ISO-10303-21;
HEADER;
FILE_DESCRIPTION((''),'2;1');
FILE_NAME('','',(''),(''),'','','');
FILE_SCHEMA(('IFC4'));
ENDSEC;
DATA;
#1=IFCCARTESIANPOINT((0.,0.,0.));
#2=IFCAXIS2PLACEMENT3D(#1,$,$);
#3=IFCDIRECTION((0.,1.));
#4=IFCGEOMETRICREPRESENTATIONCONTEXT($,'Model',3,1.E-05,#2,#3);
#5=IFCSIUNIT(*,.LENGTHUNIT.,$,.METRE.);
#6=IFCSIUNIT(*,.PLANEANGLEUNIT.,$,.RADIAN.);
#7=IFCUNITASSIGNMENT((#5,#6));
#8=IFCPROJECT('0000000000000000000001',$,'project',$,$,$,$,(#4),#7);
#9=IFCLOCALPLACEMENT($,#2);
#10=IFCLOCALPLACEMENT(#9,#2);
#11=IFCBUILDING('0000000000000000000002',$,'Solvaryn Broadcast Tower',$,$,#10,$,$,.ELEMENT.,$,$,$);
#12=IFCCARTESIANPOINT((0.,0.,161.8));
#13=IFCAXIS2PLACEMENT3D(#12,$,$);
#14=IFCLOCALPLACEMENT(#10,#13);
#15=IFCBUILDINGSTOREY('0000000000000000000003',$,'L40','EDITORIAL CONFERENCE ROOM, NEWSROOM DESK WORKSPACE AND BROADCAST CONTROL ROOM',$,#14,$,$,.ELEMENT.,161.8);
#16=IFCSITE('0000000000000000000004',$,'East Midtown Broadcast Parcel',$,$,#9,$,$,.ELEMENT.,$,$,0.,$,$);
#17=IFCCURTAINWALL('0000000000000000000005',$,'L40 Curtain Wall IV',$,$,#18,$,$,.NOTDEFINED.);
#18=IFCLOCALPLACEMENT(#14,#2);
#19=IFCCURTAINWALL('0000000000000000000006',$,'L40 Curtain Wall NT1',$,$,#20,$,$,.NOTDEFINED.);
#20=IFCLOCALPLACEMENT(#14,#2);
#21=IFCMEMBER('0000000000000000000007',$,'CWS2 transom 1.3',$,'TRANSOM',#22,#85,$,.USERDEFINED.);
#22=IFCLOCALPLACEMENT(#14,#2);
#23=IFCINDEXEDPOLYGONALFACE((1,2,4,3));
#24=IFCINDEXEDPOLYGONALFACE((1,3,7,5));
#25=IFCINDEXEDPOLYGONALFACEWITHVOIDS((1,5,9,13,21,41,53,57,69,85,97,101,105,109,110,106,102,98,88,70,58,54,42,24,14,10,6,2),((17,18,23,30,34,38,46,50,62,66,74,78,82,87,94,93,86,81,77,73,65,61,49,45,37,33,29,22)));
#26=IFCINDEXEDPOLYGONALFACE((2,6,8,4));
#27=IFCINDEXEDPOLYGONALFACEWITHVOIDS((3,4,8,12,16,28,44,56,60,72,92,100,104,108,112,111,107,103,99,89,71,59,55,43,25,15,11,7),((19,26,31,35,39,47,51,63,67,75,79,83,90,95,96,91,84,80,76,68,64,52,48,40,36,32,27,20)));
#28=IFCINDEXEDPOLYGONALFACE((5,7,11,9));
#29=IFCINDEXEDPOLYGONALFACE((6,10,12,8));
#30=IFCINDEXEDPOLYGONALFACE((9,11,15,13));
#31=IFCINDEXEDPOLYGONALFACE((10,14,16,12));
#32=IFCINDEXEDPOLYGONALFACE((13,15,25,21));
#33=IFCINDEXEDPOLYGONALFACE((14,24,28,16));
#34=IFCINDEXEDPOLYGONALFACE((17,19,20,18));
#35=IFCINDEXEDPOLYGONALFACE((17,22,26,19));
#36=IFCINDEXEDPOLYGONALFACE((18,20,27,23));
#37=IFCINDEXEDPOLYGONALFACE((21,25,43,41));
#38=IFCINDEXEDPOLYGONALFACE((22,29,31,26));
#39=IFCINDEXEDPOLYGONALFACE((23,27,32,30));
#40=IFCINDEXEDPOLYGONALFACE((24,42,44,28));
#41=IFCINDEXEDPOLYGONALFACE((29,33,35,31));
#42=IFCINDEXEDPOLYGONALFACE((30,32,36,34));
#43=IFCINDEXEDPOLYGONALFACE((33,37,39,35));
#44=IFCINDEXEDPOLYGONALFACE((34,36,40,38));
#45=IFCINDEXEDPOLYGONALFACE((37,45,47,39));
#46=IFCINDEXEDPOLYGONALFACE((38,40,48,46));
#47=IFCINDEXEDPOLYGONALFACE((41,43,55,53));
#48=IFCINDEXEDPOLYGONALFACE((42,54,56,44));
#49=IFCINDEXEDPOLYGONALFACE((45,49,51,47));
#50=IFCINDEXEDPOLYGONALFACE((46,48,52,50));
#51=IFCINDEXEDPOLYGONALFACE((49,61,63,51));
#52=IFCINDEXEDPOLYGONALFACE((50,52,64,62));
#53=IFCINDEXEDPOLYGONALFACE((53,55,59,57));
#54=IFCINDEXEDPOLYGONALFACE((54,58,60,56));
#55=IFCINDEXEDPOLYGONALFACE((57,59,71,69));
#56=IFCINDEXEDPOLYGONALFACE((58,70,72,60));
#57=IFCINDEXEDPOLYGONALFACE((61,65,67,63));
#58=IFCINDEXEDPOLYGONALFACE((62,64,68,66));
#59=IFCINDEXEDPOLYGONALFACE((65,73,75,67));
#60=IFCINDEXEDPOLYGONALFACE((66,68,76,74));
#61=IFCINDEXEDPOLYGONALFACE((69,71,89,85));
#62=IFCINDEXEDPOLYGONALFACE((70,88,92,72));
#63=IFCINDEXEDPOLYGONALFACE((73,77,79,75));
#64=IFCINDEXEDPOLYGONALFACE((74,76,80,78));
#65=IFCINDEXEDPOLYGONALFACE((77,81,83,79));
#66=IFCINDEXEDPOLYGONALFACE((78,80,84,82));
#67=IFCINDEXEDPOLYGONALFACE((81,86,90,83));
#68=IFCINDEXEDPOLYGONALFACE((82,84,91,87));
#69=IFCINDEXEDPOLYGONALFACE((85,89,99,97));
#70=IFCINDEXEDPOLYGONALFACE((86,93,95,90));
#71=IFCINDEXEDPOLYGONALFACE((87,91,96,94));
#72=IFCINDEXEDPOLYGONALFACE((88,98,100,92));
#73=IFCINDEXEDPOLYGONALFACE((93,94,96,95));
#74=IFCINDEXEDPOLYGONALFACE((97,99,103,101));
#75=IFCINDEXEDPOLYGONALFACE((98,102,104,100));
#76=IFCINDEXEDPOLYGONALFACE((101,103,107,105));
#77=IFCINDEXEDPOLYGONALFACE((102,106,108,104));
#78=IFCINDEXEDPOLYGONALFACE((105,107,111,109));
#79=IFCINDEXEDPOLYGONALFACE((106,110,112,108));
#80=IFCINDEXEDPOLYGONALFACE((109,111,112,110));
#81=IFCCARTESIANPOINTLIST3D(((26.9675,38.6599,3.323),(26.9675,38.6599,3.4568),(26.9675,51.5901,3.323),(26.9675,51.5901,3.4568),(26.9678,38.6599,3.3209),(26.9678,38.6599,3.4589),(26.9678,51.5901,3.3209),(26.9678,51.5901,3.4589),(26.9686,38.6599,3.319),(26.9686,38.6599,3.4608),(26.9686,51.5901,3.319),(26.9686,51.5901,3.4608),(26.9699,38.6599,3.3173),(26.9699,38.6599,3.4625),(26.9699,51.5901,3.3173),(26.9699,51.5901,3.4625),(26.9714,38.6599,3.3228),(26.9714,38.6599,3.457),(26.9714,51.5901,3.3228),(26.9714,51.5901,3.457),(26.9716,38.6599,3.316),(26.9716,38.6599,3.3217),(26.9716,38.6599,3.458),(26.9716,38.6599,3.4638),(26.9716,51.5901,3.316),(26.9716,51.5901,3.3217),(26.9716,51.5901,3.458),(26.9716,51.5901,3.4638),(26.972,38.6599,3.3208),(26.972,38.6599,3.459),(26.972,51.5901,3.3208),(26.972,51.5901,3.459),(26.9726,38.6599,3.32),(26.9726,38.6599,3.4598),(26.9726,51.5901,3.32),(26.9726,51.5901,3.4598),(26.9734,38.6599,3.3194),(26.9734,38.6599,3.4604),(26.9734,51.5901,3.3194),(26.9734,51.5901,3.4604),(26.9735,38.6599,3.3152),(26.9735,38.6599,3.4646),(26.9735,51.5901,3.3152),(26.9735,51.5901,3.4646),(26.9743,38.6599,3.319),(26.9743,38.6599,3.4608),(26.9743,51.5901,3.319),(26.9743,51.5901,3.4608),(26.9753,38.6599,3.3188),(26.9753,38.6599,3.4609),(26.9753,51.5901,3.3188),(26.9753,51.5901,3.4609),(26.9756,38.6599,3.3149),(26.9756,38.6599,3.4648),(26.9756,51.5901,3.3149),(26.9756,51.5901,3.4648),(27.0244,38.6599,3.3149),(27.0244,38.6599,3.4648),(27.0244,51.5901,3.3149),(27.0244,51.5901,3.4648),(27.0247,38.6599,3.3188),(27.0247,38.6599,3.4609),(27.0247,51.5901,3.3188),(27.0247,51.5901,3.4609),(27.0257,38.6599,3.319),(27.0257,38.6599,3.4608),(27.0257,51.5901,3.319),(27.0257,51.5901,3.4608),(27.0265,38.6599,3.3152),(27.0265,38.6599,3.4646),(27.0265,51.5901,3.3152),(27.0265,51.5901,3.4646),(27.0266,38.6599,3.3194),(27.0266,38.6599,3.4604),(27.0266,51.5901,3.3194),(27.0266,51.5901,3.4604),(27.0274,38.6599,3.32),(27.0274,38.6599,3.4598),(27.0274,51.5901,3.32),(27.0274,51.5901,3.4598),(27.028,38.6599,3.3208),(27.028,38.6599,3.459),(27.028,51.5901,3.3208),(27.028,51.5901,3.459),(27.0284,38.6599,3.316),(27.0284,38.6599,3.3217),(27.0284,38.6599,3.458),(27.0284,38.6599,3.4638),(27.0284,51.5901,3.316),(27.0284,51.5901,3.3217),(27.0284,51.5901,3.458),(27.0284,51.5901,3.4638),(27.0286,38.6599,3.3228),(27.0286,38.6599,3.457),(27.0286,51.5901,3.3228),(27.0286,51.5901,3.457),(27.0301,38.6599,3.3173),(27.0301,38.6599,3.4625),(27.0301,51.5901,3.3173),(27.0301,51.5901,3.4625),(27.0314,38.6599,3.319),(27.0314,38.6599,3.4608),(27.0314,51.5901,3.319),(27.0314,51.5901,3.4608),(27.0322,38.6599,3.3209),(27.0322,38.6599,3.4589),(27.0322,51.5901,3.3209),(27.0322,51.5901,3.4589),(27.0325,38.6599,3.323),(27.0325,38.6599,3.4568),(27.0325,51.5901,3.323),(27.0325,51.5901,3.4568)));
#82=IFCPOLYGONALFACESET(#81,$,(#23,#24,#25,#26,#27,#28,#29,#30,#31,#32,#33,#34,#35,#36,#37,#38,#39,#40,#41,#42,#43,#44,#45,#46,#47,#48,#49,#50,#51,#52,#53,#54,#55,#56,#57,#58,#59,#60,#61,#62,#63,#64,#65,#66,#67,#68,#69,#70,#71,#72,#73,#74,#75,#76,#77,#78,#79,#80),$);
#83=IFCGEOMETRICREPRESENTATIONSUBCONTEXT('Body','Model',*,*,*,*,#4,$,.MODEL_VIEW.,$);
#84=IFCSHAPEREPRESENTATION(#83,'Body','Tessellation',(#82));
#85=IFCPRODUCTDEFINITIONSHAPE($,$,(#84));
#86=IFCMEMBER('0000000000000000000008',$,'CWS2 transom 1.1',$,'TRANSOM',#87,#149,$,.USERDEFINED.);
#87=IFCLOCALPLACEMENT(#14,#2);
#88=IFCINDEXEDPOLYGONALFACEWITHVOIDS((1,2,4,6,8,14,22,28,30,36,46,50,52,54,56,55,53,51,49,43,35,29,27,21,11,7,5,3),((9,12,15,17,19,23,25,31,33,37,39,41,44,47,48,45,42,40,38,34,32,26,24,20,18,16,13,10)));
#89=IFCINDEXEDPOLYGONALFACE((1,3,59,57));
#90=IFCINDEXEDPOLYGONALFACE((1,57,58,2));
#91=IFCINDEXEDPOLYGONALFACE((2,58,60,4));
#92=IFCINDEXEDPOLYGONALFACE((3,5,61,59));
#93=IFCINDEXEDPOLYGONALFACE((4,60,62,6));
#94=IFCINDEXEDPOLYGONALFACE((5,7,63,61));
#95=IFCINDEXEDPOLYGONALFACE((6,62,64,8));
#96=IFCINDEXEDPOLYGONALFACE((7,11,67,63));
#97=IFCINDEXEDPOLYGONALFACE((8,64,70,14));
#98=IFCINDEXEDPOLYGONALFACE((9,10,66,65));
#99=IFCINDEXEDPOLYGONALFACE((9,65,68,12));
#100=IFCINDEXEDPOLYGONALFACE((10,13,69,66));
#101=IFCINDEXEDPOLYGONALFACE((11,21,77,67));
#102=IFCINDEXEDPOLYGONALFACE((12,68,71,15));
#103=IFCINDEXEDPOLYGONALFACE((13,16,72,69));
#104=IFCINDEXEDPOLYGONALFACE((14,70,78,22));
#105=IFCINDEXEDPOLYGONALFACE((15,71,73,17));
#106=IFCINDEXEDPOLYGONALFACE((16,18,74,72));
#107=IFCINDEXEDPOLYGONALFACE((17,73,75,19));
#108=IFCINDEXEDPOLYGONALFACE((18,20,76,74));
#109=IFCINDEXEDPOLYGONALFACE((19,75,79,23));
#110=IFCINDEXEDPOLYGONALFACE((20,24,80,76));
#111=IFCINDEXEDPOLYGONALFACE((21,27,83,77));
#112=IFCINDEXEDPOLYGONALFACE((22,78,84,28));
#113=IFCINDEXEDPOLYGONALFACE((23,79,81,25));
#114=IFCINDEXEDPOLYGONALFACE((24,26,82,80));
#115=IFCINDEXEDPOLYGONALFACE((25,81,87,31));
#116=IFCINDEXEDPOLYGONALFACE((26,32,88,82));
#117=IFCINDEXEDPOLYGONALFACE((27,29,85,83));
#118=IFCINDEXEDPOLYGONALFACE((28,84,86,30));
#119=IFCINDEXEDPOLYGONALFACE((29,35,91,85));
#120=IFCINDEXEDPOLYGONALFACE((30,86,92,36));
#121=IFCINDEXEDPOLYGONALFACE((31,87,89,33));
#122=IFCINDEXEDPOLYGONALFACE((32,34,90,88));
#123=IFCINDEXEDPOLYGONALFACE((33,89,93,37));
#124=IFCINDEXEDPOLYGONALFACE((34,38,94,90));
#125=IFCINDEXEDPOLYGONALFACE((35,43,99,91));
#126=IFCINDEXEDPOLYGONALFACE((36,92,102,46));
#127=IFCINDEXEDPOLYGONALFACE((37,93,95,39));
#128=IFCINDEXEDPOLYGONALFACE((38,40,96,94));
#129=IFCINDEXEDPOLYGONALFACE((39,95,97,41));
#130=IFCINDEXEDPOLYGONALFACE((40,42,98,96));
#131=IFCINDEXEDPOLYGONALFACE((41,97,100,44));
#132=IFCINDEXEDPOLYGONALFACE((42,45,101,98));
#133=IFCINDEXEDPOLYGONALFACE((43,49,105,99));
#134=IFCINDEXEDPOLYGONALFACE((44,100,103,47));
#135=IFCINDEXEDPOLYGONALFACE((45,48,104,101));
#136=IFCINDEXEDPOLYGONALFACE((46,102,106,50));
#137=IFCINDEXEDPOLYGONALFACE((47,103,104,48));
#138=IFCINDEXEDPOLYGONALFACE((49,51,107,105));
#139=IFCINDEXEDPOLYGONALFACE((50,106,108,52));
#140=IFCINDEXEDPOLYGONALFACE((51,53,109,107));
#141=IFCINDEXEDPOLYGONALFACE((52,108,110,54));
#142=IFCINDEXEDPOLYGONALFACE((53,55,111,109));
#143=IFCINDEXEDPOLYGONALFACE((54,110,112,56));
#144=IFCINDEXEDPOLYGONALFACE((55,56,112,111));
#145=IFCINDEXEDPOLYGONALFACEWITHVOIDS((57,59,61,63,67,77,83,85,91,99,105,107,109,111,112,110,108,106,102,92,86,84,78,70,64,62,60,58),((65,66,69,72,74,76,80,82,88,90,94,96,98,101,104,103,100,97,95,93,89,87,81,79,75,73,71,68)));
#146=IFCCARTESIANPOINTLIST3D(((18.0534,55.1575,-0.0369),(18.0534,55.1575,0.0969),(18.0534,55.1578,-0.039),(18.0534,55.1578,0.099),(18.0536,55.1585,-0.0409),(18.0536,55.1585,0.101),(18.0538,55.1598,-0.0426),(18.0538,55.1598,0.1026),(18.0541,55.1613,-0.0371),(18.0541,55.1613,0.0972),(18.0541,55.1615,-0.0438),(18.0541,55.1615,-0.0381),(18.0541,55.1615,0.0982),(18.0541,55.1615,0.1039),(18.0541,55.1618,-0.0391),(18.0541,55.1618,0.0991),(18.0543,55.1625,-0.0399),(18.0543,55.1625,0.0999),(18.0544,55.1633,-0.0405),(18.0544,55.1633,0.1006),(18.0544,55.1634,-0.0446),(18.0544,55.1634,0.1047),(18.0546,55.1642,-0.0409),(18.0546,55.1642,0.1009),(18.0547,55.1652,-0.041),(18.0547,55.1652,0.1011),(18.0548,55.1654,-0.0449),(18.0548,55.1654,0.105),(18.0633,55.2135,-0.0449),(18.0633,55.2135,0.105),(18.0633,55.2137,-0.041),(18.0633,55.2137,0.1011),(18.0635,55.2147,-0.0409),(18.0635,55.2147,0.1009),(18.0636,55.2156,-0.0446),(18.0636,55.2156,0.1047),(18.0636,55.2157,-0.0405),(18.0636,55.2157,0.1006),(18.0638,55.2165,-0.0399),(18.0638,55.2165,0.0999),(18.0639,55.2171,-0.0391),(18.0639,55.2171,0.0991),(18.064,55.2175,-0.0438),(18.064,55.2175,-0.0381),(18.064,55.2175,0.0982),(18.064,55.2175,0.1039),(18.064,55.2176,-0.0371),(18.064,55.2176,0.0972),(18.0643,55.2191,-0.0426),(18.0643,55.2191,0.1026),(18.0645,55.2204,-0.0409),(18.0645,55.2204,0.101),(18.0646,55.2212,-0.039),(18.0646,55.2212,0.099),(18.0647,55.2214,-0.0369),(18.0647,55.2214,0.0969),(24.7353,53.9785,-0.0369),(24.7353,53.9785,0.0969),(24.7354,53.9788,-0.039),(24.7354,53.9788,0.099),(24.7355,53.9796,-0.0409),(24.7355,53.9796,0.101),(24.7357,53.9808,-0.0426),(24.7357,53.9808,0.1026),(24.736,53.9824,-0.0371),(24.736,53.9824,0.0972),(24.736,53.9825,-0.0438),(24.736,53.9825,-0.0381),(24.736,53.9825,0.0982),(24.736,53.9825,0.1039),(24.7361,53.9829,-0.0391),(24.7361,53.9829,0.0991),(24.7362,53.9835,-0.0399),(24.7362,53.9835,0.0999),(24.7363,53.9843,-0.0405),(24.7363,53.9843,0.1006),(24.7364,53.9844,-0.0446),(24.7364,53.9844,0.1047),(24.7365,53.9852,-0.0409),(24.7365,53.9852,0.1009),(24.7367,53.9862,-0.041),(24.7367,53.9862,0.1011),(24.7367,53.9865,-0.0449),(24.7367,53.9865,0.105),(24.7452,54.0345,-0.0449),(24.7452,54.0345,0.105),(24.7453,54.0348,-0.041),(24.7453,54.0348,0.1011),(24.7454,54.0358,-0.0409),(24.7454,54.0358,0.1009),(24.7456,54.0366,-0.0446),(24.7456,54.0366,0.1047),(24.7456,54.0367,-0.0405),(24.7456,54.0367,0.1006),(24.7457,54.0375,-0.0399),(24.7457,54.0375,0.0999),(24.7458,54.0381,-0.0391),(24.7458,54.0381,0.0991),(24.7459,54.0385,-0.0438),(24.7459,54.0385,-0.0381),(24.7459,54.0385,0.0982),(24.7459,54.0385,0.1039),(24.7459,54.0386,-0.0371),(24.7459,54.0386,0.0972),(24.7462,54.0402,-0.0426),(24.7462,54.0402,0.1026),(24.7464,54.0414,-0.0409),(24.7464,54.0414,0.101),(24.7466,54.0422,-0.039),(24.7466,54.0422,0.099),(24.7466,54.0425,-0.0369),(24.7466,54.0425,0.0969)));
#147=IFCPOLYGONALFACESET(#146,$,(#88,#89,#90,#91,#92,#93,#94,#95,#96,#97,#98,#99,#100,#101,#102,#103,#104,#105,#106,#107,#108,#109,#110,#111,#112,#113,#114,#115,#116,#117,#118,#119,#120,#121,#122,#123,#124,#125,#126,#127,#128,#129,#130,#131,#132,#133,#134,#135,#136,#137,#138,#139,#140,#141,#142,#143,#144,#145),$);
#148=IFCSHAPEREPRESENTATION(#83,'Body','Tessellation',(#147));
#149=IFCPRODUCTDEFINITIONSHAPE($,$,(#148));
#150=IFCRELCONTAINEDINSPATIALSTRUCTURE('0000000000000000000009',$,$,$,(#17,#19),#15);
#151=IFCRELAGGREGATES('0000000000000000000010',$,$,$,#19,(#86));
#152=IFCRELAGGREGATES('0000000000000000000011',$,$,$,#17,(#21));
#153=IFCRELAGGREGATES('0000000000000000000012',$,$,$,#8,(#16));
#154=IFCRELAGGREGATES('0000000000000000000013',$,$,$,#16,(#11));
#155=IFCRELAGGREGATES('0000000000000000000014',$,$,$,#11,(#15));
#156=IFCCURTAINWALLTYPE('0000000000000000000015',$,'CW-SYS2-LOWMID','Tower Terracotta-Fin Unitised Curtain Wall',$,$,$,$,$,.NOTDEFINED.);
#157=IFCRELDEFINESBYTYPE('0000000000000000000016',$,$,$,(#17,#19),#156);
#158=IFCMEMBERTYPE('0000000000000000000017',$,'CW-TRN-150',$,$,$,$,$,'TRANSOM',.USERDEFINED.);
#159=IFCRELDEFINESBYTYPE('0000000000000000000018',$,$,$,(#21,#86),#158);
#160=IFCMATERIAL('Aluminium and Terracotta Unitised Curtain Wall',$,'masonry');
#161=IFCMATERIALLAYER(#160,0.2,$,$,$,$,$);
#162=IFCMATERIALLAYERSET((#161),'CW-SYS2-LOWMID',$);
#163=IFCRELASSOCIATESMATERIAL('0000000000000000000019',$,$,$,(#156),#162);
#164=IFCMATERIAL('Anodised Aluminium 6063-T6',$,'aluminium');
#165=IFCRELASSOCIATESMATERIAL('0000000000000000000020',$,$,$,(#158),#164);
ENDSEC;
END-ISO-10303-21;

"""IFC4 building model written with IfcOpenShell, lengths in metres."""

from ifc_helpers import new_model, si_unit, direction, frame, origin, origin_2d, place, context, subcontext, project, spatial, hollow_rectangle, extrude, material, layer, layer_set, material_profile, profile_set, type_object, element, aggregate, save


model = new_model("IFC4")

# Units and contexts
model_context = context("Model", 3, precision=1e-05, world=origin(), true_north=direction((0.0, 1.0)))
body_context = subcontext(model_context, "Body", "Model", "MODEL_VIEW")
ifc_project = project(units=[si_unit("LENGTHUNIT", "METRE"), si_unit("PLANEANGLEUNIT", "RADIAN")], contexts=[model_context])

# Site, building, storey
site_placement = place(None, origin())
site = spatial("IfcSite", under=ifc_project, at=site_placement, Name="East Midtown Broadcast Parcel", CompositionType="ELEMENT", RefElevation=0.0)
building_placement = place(site_placement, origin())
building = spatial("IfcBuilding", under=site, at=building_placement, Name="Solvaryn Broadcast Tower", CompositionType="ELEMENT")
storey_placement = place(building_placement, frame((0.0, 0.0, 161.8)))
storey = spatial("IfcBuildingStorey", under=building, at=storey_placement, Name="L40", Description="EDITORIAL CONFERENCE ROOM, NEWSROOM DESK WORKSPACE AND BROADCAST CONTROL ROOM", CompositionType="ELEMENT", Elevation=161.8)

# Curtain wall
ifc_material_1 = material(Name="Aluminium and Terracotta Unitised Curtain Wall", Category="masonry")
ifc_layer_1 = layer(ifc_material_1, 0.2)
ifc_layer_set_1 = layer_set([ifc_layer_1], Name="CW-SYS2-LOWMID")
curtain_wall_type = type_object("IfcCurtainWallType", Name="CW-SYS2-LOWMID", Description="Tower Terracotta-Fin Unitised Curtain Wall", PredefinedType="NOTDEFINED", material=ifc_layer_set_1)
curtain_wall_1_placement = place(storey_placement, origin())
curtain_wall_1 = element("IfcCurtainWall", 1, at=curtain_wall_1_placement, inside=storey, type_object=curtain_wall_type, Name="L40 Curtain Wall IV", PredefinedType="NOTDEFINED")

# Curtain wall
curtain_wall_2_placement = place(storey_placement, origin())
curtain_wall_2 = element("IfcCurtainWall", 2, at=curtain_wall_2_placement, inside=storey, type_object=curtain_wall_type, Name="L40 Curtain Wall NT1", PredefinedType="NOTDEFINED")

# Members
ifc_material_2 = material(Name="Anodised Aluminium 6063-T6", Category="aluminium")
ifc_material_profile_1 = material_profile(ifc_material_2, hollow_rectangle(XDim=0.0649, YDim=0.1499, WallThickness=0.0039, InnerFilletRadius=0.0039, OuterFilletRadius=0.0081, at=origin_2d()))
ifc_profile_set_1 = profile_set([ifc_material_profile_1], Name="Anodised Aluminium 6063-T6")
member_type_1 = type_object("IfcMemberType", Name="CW-TRN-150", ElementType="TRANSOM", PredefinedType="USERDEFINED", material=ifc_profile_set_1)
member_1_placement = place(storey_placement, frame((27.0, 51.5901, 3.3899), z_axis=(0.0, -1.0, 0.0), x_axis=(1.0, 0.0, 0.0)))
member_1 = element("IfcMember", 3, at=member_1_placement, type_object=member_type_1, Name="CWS2 transom 1.3", ObjectType="TRANSOM", PredefinedType="USERDEFINED", context=body_context, shape_type="SweptSolid", body=[
    extrude(hollow_rectangle(XDim=0.0649, YDim=0.1499, WallThickness=0.0039, InnerFilletRadius=0.0039, OuterFilletRadius=0.0081, at=origin_2d()), origin(), (0.0, 0.0, 1.0), 12.9302),
])
member_2_placement = place(storey_placement, frame((24.741, 54.0105, 0.03), z_axis=(-0.984789, 0.173757, 0.0), x_axis=(-0.173757, -0.984789, 0.0)))
member_2 = element("IfcMember", 4, at=member_2_placement, type_object=member_type_1, Name="CWS2 transom 1.1", ObjectType="TRANSOM", PredefinedType="USERDEFINED", context=body_context, shape_type="SweptSolid", body=[
    extrude(hollow_rectangle(XDim=0.0649, YDim=0.1499, WallThickness=0.0039, InnerFilletRadius=0.0039, OuterFilletRadius=0.0081, at=origin_2d()), origin(), (0.0, 0.0, 1.0), 6.7852),
])
aggregate(curtain_wall_2, [member_2])

aggregate(curtain_wall_1, [member_1])

save(model, "model.ifc")
